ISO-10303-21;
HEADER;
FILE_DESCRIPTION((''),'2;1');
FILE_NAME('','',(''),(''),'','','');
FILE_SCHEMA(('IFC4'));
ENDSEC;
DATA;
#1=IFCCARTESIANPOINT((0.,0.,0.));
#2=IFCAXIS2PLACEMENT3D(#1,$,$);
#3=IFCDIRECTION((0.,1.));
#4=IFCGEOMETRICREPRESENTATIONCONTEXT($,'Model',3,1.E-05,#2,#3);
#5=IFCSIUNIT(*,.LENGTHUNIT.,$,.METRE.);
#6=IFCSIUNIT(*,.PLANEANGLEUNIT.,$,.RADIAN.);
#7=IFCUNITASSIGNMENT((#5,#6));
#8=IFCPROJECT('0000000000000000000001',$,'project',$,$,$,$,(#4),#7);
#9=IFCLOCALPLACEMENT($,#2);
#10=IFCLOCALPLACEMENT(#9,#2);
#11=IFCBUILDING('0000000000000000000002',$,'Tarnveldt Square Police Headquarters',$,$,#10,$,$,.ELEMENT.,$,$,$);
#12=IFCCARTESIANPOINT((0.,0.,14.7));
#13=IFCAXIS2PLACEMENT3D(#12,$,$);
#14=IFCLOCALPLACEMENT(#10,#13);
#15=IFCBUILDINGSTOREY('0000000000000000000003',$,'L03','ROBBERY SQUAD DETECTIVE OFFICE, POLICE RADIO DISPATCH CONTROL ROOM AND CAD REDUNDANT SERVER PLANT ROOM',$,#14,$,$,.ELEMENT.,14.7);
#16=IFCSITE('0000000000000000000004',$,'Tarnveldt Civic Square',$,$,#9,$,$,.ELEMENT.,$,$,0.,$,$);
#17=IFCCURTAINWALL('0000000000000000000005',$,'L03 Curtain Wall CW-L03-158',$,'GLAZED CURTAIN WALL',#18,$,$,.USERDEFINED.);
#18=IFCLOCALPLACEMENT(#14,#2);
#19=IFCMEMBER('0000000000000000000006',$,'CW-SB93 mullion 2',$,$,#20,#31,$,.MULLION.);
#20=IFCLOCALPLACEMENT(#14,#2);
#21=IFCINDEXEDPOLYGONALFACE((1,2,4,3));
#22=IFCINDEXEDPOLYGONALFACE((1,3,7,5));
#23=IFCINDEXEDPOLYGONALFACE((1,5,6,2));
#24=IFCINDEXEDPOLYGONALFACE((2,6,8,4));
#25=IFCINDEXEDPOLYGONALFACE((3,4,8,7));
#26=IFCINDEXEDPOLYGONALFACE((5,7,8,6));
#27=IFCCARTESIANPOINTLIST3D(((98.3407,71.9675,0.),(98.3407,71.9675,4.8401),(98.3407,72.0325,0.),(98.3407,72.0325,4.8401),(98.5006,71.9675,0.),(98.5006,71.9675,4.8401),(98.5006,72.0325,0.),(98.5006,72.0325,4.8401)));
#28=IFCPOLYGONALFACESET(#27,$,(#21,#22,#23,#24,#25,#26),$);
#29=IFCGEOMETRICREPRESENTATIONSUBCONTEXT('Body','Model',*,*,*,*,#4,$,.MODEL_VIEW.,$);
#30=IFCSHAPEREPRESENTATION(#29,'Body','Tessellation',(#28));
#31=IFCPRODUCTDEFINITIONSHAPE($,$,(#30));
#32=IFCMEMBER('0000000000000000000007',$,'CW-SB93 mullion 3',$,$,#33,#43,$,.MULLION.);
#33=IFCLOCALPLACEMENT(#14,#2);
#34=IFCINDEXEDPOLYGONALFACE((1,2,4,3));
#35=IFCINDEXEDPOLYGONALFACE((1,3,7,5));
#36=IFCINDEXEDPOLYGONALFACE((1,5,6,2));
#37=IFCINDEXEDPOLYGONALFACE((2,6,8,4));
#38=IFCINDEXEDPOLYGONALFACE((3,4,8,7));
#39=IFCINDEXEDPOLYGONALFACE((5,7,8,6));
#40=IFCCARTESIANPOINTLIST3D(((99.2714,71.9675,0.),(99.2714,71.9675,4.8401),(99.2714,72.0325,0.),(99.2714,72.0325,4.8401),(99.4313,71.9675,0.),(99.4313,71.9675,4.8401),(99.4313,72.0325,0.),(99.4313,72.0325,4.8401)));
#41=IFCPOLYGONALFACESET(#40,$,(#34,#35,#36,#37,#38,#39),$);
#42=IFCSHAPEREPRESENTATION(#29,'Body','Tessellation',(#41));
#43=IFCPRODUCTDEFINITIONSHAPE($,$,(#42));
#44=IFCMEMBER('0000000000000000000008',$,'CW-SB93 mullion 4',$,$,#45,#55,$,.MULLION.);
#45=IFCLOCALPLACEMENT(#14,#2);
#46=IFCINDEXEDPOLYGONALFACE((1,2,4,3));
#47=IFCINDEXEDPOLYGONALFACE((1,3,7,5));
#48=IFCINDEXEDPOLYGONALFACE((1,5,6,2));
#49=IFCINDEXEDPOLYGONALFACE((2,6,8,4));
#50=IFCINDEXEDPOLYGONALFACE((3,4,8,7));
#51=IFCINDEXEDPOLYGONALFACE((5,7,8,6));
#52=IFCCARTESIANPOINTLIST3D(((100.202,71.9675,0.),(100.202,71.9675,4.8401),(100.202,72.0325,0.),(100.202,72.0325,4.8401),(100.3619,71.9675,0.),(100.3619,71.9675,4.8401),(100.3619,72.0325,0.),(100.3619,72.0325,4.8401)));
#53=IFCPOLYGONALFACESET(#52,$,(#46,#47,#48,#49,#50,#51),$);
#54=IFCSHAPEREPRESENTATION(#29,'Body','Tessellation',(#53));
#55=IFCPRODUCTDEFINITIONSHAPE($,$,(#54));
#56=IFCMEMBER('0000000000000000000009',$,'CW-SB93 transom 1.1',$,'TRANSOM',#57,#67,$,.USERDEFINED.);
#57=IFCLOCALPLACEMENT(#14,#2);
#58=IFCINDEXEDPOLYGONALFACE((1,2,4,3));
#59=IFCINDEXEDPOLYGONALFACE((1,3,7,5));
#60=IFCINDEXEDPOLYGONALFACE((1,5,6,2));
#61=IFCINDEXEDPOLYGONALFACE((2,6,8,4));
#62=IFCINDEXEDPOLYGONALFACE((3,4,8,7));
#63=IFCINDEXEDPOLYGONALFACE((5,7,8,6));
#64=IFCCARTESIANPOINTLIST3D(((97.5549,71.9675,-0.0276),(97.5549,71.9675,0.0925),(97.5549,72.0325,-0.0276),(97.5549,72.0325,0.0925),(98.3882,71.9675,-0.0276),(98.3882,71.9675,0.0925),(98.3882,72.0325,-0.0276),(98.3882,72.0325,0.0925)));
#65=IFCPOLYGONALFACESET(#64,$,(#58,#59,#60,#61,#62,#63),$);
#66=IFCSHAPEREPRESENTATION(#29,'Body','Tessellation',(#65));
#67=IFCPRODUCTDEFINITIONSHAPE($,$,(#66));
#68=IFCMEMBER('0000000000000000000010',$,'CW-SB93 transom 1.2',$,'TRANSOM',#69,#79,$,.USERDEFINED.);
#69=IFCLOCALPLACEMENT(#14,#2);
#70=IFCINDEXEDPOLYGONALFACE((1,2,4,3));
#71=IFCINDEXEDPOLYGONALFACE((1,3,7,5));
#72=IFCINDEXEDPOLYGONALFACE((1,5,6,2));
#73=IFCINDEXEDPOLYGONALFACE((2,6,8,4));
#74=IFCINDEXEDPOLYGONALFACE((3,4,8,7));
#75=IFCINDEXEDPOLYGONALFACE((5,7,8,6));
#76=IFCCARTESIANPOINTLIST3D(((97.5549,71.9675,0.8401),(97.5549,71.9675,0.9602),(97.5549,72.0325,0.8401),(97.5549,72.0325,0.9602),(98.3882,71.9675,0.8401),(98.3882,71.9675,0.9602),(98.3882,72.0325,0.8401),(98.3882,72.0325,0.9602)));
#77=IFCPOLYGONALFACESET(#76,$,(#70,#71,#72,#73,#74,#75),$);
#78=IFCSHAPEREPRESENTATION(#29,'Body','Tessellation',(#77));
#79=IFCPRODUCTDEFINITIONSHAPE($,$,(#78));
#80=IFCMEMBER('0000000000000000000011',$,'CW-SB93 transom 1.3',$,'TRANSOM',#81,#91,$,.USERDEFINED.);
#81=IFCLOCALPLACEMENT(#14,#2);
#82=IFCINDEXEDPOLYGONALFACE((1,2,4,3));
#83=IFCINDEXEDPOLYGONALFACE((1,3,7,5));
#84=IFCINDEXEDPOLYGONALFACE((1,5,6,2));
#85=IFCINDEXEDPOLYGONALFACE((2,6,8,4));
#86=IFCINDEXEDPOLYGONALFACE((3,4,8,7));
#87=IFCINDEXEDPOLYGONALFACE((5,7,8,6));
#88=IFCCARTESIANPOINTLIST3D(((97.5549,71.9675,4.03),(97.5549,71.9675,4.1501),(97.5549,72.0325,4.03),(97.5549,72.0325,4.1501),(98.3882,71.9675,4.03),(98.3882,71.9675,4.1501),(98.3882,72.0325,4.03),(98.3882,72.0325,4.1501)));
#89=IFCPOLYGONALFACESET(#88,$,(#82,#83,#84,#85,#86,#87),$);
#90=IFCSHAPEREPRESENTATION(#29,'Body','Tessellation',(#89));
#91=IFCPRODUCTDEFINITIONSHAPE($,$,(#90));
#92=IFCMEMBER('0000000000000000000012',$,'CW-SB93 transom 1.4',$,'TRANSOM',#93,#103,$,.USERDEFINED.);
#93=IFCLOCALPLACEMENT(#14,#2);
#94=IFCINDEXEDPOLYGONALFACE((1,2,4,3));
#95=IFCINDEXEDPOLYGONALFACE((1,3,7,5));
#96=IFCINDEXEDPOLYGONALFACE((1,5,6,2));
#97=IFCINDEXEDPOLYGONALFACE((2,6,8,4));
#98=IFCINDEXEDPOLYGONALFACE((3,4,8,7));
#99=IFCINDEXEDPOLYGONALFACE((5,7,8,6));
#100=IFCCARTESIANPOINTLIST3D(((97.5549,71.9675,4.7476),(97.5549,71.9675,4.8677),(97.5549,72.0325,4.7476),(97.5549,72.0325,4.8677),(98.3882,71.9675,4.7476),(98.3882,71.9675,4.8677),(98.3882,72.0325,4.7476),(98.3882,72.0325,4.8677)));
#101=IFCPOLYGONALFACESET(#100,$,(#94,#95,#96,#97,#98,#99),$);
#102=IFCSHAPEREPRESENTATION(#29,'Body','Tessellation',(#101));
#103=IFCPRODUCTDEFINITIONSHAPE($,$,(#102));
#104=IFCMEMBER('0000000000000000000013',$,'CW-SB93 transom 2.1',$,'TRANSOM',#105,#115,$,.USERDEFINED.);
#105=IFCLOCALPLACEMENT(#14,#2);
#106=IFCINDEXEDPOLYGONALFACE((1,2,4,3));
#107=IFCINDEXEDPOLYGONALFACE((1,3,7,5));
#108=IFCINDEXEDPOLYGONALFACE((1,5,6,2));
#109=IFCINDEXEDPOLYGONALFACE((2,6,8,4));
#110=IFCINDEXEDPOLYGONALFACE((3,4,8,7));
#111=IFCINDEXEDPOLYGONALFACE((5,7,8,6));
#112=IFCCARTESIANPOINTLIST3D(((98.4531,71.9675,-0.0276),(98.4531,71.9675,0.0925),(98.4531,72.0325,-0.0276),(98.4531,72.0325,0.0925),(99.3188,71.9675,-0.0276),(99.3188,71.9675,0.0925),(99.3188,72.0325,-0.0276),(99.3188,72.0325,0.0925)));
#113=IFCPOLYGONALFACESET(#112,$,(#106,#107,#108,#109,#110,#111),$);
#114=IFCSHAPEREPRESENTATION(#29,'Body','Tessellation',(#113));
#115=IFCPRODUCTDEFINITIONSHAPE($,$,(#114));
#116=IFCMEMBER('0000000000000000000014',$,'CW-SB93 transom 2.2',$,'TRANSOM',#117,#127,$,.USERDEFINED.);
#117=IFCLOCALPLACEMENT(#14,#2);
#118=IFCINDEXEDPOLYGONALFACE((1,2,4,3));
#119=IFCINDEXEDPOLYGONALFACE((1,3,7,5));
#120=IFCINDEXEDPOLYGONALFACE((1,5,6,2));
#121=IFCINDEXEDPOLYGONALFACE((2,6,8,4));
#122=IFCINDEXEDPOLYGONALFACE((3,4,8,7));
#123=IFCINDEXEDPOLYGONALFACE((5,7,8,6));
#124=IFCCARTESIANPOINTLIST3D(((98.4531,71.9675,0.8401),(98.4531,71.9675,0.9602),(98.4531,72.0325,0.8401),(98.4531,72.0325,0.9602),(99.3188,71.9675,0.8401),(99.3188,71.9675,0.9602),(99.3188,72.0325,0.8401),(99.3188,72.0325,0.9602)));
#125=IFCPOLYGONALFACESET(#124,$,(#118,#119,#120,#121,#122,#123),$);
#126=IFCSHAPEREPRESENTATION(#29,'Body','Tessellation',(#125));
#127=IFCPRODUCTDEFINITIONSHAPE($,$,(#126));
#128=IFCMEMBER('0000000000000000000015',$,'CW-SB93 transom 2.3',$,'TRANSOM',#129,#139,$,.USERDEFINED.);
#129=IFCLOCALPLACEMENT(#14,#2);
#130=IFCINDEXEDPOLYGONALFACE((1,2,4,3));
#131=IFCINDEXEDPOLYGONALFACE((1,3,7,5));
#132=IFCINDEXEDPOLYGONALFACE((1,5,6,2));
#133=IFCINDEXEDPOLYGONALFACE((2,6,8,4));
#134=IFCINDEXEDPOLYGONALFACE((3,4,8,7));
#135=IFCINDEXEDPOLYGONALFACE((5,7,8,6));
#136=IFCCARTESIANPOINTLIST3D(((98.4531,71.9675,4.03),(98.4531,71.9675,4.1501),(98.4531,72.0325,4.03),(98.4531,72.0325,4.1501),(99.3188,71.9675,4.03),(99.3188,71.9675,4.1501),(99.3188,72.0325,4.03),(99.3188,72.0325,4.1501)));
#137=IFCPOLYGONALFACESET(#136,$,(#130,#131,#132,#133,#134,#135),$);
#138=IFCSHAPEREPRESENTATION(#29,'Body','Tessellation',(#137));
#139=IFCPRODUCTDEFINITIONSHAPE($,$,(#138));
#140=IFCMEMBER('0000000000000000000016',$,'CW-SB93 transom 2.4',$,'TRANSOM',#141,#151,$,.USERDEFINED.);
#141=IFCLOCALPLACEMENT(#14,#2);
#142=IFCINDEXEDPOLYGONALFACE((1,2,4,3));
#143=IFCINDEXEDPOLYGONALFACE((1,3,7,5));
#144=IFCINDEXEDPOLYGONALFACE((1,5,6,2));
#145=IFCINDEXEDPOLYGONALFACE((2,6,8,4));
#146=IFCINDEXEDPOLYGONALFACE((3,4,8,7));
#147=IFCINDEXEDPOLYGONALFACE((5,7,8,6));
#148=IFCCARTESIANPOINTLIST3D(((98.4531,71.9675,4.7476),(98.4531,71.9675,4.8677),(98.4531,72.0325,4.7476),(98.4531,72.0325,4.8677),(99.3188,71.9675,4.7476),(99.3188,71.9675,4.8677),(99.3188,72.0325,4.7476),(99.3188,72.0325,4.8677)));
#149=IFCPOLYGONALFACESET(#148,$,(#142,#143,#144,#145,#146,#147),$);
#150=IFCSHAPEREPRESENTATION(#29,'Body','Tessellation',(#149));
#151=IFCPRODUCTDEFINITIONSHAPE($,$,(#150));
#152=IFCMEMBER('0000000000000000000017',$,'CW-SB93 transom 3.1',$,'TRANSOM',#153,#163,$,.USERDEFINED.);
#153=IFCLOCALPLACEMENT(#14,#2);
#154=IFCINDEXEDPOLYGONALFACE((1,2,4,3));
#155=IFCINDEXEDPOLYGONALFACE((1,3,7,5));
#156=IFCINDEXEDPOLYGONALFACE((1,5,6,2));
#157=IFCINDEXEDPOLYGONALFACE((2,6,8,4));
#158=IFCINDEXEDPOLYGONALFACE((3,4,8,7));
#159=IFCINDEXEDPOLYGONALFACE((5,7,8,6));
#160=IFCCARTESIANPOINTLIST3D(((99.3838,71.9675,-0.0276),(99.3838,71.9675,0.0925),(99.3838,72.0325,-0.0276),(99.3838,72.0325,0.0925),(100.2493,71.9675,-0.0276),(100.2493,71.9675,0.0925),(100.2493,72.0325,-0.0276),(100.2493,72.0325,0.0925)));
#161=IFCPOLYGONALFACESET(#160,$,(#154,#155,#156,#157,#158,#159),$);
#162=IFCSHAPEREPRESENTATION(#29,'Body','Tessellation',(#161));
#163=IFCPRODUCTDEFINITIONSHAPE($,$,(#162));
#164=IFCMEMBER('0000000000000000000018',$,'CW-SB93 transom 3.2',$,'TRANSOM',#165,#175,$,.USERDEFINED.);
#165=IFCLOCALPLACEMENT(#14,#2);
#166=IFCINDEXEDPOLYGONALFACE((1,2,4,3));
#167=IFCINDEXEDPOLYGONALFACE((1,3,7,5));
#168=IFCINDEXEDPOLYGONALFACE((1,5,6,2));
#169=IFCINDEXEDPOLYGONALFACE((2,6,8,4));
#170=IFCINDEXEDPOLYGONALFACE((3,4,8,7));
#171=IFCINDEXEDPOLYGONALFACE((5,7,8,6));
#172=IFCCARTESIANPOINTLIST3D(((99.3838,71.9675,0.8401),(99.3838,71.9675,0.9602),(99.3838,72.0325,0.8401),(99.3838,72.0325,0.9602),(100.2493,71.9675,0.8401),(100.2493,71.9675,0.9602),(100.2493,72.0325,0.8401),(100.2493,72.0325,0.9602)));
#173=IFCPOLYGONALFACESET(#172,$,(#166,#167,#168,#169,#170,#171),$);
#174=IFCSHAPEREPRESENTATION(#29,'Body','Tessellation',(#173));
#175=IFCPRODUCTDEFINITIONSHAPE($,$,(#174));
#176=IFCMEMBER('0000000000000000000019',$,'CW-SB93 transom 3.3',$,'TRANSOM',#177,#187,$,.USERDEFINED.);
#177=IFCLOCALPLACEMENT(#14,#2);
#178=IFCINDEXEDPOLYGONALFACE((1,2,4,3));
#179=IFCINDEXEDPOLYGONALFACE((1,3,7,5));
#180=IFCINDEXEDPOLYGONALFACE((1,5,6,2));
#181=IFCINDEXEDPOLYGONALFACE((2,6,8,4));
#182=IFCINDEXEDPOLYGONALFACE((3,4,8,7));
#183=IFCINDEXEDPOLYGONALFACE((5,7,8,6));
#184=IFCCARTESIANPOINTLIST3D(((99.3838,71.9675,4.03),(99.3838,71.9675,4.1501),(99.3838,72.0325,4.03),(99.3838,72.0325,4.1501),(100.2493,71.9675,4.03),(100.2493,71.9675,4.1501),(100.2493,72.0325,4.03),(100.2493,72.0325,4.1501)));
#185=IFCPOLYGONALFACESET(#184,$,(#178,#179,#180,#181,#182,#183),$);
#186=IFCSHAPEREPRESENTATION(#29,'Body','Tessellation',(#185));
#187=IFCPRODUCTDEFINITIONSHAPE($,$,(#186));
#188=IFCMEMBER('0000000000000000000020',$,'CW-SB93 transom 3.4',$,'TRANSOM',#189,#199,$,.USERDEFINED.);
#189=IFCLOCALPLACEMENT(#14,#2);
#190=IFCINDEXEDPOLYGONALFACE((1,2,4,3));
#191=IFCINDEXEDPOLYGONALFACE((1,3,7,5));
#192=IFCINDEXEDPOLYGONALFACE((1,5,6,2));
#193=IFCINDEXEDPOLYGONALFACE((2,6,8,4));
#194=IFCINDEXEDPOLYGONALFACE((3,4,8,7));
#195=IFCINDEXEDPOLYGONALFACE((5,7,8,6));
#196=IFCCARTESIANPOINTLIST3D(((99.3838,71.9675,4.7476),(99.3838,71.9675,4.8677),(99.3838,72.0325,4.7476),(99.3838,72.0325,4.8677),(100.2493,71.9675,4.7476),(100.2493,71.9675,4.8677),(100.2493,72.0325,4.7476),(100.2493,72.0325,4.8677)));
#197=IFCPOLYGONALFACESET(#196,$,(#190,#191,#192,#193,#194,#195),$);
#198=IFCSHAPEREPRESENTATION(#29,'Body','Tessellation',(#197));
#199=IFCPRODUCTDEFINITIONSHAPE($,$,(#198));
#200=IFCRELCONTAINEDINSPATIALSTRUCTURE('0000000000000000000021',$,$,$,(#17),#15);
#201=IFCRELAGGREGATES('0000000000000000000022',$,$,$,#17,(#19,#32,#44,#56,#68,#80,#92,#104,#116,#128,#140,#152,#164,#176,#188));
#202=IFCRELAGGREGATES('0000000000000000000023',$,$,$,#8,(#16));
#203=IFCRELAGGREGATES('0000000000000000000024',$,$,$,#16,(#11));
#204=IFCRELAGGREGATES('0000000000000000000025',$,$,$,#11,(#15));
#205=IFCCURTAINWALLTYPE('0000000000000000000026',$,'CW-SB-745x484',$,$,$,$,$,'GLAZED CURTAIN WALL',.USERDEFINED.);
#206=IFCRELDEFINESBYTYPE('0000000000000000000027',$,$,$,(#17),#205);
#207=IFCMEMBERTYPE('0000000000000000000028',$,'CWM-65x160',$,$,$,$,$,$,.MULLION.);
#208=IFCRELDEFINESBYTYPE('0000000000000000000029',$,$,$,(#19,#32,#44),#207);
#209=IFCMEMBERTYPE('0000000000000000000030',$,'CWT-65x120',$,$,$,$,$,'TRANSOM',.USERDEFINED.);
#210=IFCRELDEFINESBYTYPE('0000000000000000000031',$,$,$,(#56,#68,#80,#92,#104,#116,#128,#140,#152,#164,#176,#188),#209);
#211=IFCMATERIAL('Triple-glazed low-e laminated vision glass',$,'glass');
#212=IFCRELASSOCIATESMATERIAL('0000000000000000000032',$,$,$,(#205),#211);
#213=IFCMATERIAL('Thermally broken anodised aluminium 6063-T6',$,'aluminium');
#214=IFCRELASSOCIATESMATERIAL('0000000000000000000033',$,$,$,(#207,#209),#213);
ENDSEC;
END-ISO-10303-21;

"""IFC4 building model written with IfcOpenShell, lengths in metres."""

from ifc_helpers import new_model, si_unit, direction, frame, origin, origin_2d, place, context, subcontext, project, spatial, rectangle, extrude, material, material_profile, profile_set, type_object, element, aggregate, save


model = new_model("IFC4")

# Units and contexts
model_context = context("Model", 3, precision=1e-05, world=origin(), true_north=direction((0.0, 1.0)))
body_context = subcontext(model_context, "Body", "Model", "MODEL_VIEW")
ifc_project = project(units=[si_unit("LENGTHUNIT", "METRE"), si_unit("PLANEANGLEUNIT", "RADIAN")], contexts=[model_context])

# Site, building, storey
site_placement = place(None, origin())
site = spatial("IfcSite", under=ifc_project, at=site_placement, Name="Tarnveldt Civic Square", CompositionType="ELEMENT", RefElevation=0.0)
building_placement = place(site_placement, origin())
building = spatial("IfcBuilding", under=site, at=building_placement, Name="Tarnveldt Square Police Headquarters", CompositionType="ELEMENT")
storey_placement = place(building_placement, frame((0.0, 0.0, 14.7)))
storey = spatial("IfcBuildingStorey", under=building, at=storey_placement, Name="L03", Description="ROBBERY SQUAD DETECTIVE OFFICE, POLICE RADIO DISPATCH CONTROL ROOM AND CAD REDUNDANT SERVER PLANT ROOM", CompositionType="ELEMENT", Elevation=14.7)

# Curtain wall, members
ifc_material_1 = material(Name="Triple-glazed low-e laminated vision glass", Category="glass")
curtain_wall_type = type_object("IfcCurtainWallType", Name="CW-SB-745x484", ElementType="GLAZED CURTAIN WALL", PredefinedType="USERDEFINED", material=ifc_material_1)
curtain_wall_placement = place(storey_placement, origin())
curtain_wall = element("IfcCurtainWall", 1, at=curtain_wall_placement, inside=storey, type_object=curtain_wall_type, Name="L03 Curtain Wall CW-L03-158", ObjectType="GLAZED CURTAIN WALL", PredefinedType="USERDEFINED")
ifc_material_2 = material(Name="Thermally broken anodised aluminium 6063-T6", Category="aluminium")
ifc_material_profile_1 = material_profile(ifc_material_2, rectangle(XDim=0.0649, YDim=0.1599, at=origin_2d()), Name="CW-M65x160")
ifc_profile_set_1 = profile_set([ifc_material_profile_1], Name="Thermally broken anodised aluminium 6063-T6")
member_type_1 = type_object("IfcMemberType", Name="CWM-65x160", PredefinedType="MULLION", material=ifc_profile_set_1)
member_1_placement = place(storey_placement, frame((98.4207, 72.0, 0.0), z_axis=(0.0, 0.0, 1.0), x_axis=(0.0, 1.0, 0.0)))
member_1 = element("IfcMember", 2, at=member_1_placement, type_object=member_type_1, Name="CW-SB93 mullion 2", PredefinedType="MULLION", context=body_context, shape_type="SweptSolid", body=[
    extrude(rectangle(XDim=0.0649, YDim=0.1599, at=origin_2d()), origin(), (0.0, 0.0, 1.0), 4.8401),
])
member_2_placement = place(storey_placement, frame((99.3513, 72.0, 0.0), z_axis=(0.0, 0.0, 1.0), x_axis=(0.0, 1.0, 0.0)))
member_2 = element("IfcMember", 3, at=member_2_placement, type_object=member_type_1, Name="CW-SB93 mullion 3", PredefinedType="MULLION", context=body_context, shape_type="SweptSolid", body=[
    extrude(rectangle(XDim=0.0649, YDim=0.1599, at=origin_2d()), origin(), (0.0, 0.0, 1.0), 4.8401),
])
member_3_placement = place(storey_placement, frame((100.282, 72.0, 0.0), z_axis=(0.0, 0.0, 1.0), x_axis=(0.0, 1.0, 0.0)))
member_3 = element("IfcMember", 4, at=member_3_placement, type_object=member_type_1, Name="CW-SB93 mullion 4", PredefinedType="MULLION", context=body_context, shape_type="SweptSolid", body=[
    extrude(rectangle(XDim=0.0649, YDim=0.1599, at=origin_2d()), origin(), (0.0, 0.0, 1.0), 4.8401),
])
ifc_material_profile_2 = material_profile(ifc_material_2, rectangle(XDim=0.0649, YDim=0.1201, at=origin_2d()), Name="CW-T65x120")
ifc_profile_set_2 = profile_set([ifc_material_profile_2], Name="Thermally broken anodised aluminium 6063-T6")
member_type_2 = type_object("IfcMemberType", Name="CWT-65x120", ElementType="TRANSOM", PredefinedType="USERDEFINED", material=ifc_profile_set_2)
member_4_placement = place(storey_placement, frame((97.5549, 72.0, 0.0325), z_axis=(1.0, 0.0, 0.0), x_axis=(0.0, 1.0, 0.0)))
member_4 = element("IfcMember", 5, at=member_4_placement, type_object=member_type_2, Name="CW-SB93 transom 1.1", ObjectType="TRANSOM", PredefinedType="USERDEFINED", context=body_context, shape_type="SweptSolid", body=[
    extrude(rectangle(XDim=0.0649, YDim=0.1201, at=origin_2d()), origin(), (0.0, 0.0, 1.0), 0.8333),
])
member_5_placement = place(storey_placement, frame((97.5549, 72.0, 0.9001), z_axis=(1.0, 0.0, 0.0), x_axis=(0.0, 1.0, 0.0)))
member_5 = element("IfcMember", 6, at=member_5_placement, type_object=member_type_2, Name="CW-SB93 transom 1.2", ObjectType="TRANSOM", PredefinedType="USERDEFINED", context=body_context, shape_type="SweptSolid", body=[
    extrude(rectangle(XDim=0.0649, YDim=0.1201, at=origin_2d()), origin(), (0.0, 0.0, 1.0), 0.8333),
])
member_6_placement = place(storey_placement, frame((97.5549, 72.0, 4.0901), z_axis=(1.0, 0.0, 0.0), x_axis=(0.0, 1.0, 0.0)))
member_6 = element("IfcMember", 7, at=member_6_placement, type_object=member_type_2, Name="CW-SB93 transom 1.3", ObjectType="TRANSOM", PredefinedType="USERDEFINED", context=body_context, shape_type="SweptSolid", body=[
    extrude(rectangle(XDim=0.0649, YDim=0.1201, at=origin_2d()), origin(), (0.0, 0.0, 1.0), 0.8333),
])
member_7_placement = place(storey_placement, frame((97.5549, 72.0, 4.8076), z_axis=(1.0, 0.0, 0.0), x_axis=(0.0, 1.0, 0.0)))
member_7 = element("IfcMember", 8, at=member_7_placement, type_object=member_type_2, Name="CW-SB93 transom 1.4", ObjectType="TRANSOM", PredefinedType="USERDEFINED", context=body_context, shape_type="SweptSolid", body=[
    extrude(rectangle(XDim=0.0649, YDim=0.1201, at=origin_2d()), origin(), (0.0, 0.0, 1.0), 0.8333),
])
member_8_placement = place(storey_placement, frame((98.4531, 72.0, 0.0325), z_axis=(1.0, 0.0, 0.0), x_axis=(0.0, 1.0, 0.0)))
member_8 = element("IfcMember", 9, at=member_8_placement, type_object=member_type_2, Name="CW-SB93 transom 2.1", ObjectType="TRANSOM", PredefinedType="USERDEFINED", context=body_context, shape_type="SweptSolid", body=[
    extrude(rectangle(XDim=0.0649, YDim=0.1201, at=origin_2d()), origin(), (0.0, 0.0, 1.0), 0.8657),
])
member_9_placement = place(storey_placement, frame((98.4531, 72.0, 0.9001), z_axis=(1.0, 0.0, 0.0), x_axis=(0.0, 1.0, 0.0)))
member_9 = element("IfcMember", 10, at=member_9_placement, type_object=member_type_2, Name="CW-SB93 transom 2.2", ObjectType="TRANSOM", PredefinedType="USERDEFINED", context=body_context, shape_type="SweptSolid", body=[
    extrude(rectangle(XDim=0.0649, YDim=0.1201, at=origin_2d()), origin(), (0.0, 0.0, 1.0), 0.8657),
])
member_10_placement = place(storey_placement, frame((98.4531, 72.0, 4.0901), z_axis=(1.0, 0.0, 0.0), x_axis=(0.0, 1.0, 0.0)))
member_10 = element("IfcMember", 11, at=member_10_placement, type_object=member_type_2, Name="CW-SB93 transom 2.3", ObjectType="TRANSOM", PredefinedType="USERDEFINED", context=body_context, shape_type="SweptSolid", body=[
    extrude(rectangle(XDim=0.0649, YDim=0.1201, at=origin_2d()), origin(), (0.0, 0.0, 1.0), 0.8657),
])
member_11_placement = place(storey_placement, frame((98.4531, 72.0, 4.8076), z_axis=(1.0, 0.0, 0.0), x_axis=(0.0, 1.0, 0.0)))
member_11 = element("IfcMember", 12, at=member_11_placement, type_object=member_type_2, Name="CW-SB93 transom 2.4", ObjectType="TRANSOM", PredefinedType="USERDEFINED", context=body_context, shape_type="SweptSolid", body=[
    extrude(rectangle(XDim=0.0649, YDim=0.1201, at=origin_2d()), origin(), (0.0, 0.0, 1.0), 0.8657),
])
member_12_placement = place(storey_placement, frame((99.3838, 72.0, 0.0325), z_axis=(1.0, 0.0, 0.0), x_axis=(0.0, 1.0, 0.0)))
member_12 = element("IfcMember", 13, at=member_12_placement, type_object=member_type_2, Name="CW-SB93 transom 3.1", ObjectType="TRANSOM", PredefinedType="USERDEFINED", context=body_context, shape_type="SweptSolid", body=[
    extrude(rectangle(XDim=0.0649, YDim=0.1201, at=origin_2d()), origin(), (0.0, 0.0, 1.0), 0.8655),
])
member_13_placement = place(storey_placement, frame((99.3838, 72.0, 0.9001), z_axis=(1.0, 0.0, 0.0), x_axis=(0.0, 1.0, 0.0)))
member_13 = element("IfcMember", 14, at=member_13_placement, type_object=member_type_2, Name="CW-SB93 transom 3.2", ObjectType="TRANSOM", PredefinedType="USERDEFINED", context=body_context, shape_type="SweptSolid", body=[
    extrude(rectangle(XDim=0.0649, YDim=0.1201, at=origin_2d()), origin(), (0.0, 0.0, 1.0), 0.8655),
])
member_14_placement = place(storey_placement, frame((99.3838, 72.0, 4.0901), z_axis=(1.0, 0.0, 0.0), x_axis=(0.0, 1.0, 0.0)))
member_14 = element("IfcMember", 15, at=member_14_placement, type_object=member_type_2, Name="CW-SB93 transom 3.3", ObjectType="TRANSOM", PredefinedType="USERDEFINED", context=body_context, shape_type="SweptSolid", body=[
    extrude(rectangle(XDim=0.0649, YDim=0.1201, at=origin_2d()), origin(), (0.0, 0.0, 1.0), 0.8655),
])
member_15_placement = place(storey_placement, frame((99.3838, 72.0, 4.8076), z_axis=(1.0, 0.0, 0.0), x_axis=(0.0, 1.0, 0.0)))
member_15 = element("IfcMember", 16, at=member_15_placement, type_object=member_type_2, Name="CW-SB93 transom 3.4", ObjectType="TRANSOM", PredefinedType="USERDEFINED", context=body_context, shape_type="SweptSolid", body=[
    extrude(rectangle(XDim=0.0649, YDim=0.1201, at=origin_2d()), origin(), (0.0, 0.0, 1.0), 0.8655),
])
aggregate(curtain_wall, [member_1, member_2, member_3, member_4, member_5, member_6, member_7, member_8, member_9, member_10, member_11, member_12, member_13, member_14, member_15])

save(model, "model.ifc")
